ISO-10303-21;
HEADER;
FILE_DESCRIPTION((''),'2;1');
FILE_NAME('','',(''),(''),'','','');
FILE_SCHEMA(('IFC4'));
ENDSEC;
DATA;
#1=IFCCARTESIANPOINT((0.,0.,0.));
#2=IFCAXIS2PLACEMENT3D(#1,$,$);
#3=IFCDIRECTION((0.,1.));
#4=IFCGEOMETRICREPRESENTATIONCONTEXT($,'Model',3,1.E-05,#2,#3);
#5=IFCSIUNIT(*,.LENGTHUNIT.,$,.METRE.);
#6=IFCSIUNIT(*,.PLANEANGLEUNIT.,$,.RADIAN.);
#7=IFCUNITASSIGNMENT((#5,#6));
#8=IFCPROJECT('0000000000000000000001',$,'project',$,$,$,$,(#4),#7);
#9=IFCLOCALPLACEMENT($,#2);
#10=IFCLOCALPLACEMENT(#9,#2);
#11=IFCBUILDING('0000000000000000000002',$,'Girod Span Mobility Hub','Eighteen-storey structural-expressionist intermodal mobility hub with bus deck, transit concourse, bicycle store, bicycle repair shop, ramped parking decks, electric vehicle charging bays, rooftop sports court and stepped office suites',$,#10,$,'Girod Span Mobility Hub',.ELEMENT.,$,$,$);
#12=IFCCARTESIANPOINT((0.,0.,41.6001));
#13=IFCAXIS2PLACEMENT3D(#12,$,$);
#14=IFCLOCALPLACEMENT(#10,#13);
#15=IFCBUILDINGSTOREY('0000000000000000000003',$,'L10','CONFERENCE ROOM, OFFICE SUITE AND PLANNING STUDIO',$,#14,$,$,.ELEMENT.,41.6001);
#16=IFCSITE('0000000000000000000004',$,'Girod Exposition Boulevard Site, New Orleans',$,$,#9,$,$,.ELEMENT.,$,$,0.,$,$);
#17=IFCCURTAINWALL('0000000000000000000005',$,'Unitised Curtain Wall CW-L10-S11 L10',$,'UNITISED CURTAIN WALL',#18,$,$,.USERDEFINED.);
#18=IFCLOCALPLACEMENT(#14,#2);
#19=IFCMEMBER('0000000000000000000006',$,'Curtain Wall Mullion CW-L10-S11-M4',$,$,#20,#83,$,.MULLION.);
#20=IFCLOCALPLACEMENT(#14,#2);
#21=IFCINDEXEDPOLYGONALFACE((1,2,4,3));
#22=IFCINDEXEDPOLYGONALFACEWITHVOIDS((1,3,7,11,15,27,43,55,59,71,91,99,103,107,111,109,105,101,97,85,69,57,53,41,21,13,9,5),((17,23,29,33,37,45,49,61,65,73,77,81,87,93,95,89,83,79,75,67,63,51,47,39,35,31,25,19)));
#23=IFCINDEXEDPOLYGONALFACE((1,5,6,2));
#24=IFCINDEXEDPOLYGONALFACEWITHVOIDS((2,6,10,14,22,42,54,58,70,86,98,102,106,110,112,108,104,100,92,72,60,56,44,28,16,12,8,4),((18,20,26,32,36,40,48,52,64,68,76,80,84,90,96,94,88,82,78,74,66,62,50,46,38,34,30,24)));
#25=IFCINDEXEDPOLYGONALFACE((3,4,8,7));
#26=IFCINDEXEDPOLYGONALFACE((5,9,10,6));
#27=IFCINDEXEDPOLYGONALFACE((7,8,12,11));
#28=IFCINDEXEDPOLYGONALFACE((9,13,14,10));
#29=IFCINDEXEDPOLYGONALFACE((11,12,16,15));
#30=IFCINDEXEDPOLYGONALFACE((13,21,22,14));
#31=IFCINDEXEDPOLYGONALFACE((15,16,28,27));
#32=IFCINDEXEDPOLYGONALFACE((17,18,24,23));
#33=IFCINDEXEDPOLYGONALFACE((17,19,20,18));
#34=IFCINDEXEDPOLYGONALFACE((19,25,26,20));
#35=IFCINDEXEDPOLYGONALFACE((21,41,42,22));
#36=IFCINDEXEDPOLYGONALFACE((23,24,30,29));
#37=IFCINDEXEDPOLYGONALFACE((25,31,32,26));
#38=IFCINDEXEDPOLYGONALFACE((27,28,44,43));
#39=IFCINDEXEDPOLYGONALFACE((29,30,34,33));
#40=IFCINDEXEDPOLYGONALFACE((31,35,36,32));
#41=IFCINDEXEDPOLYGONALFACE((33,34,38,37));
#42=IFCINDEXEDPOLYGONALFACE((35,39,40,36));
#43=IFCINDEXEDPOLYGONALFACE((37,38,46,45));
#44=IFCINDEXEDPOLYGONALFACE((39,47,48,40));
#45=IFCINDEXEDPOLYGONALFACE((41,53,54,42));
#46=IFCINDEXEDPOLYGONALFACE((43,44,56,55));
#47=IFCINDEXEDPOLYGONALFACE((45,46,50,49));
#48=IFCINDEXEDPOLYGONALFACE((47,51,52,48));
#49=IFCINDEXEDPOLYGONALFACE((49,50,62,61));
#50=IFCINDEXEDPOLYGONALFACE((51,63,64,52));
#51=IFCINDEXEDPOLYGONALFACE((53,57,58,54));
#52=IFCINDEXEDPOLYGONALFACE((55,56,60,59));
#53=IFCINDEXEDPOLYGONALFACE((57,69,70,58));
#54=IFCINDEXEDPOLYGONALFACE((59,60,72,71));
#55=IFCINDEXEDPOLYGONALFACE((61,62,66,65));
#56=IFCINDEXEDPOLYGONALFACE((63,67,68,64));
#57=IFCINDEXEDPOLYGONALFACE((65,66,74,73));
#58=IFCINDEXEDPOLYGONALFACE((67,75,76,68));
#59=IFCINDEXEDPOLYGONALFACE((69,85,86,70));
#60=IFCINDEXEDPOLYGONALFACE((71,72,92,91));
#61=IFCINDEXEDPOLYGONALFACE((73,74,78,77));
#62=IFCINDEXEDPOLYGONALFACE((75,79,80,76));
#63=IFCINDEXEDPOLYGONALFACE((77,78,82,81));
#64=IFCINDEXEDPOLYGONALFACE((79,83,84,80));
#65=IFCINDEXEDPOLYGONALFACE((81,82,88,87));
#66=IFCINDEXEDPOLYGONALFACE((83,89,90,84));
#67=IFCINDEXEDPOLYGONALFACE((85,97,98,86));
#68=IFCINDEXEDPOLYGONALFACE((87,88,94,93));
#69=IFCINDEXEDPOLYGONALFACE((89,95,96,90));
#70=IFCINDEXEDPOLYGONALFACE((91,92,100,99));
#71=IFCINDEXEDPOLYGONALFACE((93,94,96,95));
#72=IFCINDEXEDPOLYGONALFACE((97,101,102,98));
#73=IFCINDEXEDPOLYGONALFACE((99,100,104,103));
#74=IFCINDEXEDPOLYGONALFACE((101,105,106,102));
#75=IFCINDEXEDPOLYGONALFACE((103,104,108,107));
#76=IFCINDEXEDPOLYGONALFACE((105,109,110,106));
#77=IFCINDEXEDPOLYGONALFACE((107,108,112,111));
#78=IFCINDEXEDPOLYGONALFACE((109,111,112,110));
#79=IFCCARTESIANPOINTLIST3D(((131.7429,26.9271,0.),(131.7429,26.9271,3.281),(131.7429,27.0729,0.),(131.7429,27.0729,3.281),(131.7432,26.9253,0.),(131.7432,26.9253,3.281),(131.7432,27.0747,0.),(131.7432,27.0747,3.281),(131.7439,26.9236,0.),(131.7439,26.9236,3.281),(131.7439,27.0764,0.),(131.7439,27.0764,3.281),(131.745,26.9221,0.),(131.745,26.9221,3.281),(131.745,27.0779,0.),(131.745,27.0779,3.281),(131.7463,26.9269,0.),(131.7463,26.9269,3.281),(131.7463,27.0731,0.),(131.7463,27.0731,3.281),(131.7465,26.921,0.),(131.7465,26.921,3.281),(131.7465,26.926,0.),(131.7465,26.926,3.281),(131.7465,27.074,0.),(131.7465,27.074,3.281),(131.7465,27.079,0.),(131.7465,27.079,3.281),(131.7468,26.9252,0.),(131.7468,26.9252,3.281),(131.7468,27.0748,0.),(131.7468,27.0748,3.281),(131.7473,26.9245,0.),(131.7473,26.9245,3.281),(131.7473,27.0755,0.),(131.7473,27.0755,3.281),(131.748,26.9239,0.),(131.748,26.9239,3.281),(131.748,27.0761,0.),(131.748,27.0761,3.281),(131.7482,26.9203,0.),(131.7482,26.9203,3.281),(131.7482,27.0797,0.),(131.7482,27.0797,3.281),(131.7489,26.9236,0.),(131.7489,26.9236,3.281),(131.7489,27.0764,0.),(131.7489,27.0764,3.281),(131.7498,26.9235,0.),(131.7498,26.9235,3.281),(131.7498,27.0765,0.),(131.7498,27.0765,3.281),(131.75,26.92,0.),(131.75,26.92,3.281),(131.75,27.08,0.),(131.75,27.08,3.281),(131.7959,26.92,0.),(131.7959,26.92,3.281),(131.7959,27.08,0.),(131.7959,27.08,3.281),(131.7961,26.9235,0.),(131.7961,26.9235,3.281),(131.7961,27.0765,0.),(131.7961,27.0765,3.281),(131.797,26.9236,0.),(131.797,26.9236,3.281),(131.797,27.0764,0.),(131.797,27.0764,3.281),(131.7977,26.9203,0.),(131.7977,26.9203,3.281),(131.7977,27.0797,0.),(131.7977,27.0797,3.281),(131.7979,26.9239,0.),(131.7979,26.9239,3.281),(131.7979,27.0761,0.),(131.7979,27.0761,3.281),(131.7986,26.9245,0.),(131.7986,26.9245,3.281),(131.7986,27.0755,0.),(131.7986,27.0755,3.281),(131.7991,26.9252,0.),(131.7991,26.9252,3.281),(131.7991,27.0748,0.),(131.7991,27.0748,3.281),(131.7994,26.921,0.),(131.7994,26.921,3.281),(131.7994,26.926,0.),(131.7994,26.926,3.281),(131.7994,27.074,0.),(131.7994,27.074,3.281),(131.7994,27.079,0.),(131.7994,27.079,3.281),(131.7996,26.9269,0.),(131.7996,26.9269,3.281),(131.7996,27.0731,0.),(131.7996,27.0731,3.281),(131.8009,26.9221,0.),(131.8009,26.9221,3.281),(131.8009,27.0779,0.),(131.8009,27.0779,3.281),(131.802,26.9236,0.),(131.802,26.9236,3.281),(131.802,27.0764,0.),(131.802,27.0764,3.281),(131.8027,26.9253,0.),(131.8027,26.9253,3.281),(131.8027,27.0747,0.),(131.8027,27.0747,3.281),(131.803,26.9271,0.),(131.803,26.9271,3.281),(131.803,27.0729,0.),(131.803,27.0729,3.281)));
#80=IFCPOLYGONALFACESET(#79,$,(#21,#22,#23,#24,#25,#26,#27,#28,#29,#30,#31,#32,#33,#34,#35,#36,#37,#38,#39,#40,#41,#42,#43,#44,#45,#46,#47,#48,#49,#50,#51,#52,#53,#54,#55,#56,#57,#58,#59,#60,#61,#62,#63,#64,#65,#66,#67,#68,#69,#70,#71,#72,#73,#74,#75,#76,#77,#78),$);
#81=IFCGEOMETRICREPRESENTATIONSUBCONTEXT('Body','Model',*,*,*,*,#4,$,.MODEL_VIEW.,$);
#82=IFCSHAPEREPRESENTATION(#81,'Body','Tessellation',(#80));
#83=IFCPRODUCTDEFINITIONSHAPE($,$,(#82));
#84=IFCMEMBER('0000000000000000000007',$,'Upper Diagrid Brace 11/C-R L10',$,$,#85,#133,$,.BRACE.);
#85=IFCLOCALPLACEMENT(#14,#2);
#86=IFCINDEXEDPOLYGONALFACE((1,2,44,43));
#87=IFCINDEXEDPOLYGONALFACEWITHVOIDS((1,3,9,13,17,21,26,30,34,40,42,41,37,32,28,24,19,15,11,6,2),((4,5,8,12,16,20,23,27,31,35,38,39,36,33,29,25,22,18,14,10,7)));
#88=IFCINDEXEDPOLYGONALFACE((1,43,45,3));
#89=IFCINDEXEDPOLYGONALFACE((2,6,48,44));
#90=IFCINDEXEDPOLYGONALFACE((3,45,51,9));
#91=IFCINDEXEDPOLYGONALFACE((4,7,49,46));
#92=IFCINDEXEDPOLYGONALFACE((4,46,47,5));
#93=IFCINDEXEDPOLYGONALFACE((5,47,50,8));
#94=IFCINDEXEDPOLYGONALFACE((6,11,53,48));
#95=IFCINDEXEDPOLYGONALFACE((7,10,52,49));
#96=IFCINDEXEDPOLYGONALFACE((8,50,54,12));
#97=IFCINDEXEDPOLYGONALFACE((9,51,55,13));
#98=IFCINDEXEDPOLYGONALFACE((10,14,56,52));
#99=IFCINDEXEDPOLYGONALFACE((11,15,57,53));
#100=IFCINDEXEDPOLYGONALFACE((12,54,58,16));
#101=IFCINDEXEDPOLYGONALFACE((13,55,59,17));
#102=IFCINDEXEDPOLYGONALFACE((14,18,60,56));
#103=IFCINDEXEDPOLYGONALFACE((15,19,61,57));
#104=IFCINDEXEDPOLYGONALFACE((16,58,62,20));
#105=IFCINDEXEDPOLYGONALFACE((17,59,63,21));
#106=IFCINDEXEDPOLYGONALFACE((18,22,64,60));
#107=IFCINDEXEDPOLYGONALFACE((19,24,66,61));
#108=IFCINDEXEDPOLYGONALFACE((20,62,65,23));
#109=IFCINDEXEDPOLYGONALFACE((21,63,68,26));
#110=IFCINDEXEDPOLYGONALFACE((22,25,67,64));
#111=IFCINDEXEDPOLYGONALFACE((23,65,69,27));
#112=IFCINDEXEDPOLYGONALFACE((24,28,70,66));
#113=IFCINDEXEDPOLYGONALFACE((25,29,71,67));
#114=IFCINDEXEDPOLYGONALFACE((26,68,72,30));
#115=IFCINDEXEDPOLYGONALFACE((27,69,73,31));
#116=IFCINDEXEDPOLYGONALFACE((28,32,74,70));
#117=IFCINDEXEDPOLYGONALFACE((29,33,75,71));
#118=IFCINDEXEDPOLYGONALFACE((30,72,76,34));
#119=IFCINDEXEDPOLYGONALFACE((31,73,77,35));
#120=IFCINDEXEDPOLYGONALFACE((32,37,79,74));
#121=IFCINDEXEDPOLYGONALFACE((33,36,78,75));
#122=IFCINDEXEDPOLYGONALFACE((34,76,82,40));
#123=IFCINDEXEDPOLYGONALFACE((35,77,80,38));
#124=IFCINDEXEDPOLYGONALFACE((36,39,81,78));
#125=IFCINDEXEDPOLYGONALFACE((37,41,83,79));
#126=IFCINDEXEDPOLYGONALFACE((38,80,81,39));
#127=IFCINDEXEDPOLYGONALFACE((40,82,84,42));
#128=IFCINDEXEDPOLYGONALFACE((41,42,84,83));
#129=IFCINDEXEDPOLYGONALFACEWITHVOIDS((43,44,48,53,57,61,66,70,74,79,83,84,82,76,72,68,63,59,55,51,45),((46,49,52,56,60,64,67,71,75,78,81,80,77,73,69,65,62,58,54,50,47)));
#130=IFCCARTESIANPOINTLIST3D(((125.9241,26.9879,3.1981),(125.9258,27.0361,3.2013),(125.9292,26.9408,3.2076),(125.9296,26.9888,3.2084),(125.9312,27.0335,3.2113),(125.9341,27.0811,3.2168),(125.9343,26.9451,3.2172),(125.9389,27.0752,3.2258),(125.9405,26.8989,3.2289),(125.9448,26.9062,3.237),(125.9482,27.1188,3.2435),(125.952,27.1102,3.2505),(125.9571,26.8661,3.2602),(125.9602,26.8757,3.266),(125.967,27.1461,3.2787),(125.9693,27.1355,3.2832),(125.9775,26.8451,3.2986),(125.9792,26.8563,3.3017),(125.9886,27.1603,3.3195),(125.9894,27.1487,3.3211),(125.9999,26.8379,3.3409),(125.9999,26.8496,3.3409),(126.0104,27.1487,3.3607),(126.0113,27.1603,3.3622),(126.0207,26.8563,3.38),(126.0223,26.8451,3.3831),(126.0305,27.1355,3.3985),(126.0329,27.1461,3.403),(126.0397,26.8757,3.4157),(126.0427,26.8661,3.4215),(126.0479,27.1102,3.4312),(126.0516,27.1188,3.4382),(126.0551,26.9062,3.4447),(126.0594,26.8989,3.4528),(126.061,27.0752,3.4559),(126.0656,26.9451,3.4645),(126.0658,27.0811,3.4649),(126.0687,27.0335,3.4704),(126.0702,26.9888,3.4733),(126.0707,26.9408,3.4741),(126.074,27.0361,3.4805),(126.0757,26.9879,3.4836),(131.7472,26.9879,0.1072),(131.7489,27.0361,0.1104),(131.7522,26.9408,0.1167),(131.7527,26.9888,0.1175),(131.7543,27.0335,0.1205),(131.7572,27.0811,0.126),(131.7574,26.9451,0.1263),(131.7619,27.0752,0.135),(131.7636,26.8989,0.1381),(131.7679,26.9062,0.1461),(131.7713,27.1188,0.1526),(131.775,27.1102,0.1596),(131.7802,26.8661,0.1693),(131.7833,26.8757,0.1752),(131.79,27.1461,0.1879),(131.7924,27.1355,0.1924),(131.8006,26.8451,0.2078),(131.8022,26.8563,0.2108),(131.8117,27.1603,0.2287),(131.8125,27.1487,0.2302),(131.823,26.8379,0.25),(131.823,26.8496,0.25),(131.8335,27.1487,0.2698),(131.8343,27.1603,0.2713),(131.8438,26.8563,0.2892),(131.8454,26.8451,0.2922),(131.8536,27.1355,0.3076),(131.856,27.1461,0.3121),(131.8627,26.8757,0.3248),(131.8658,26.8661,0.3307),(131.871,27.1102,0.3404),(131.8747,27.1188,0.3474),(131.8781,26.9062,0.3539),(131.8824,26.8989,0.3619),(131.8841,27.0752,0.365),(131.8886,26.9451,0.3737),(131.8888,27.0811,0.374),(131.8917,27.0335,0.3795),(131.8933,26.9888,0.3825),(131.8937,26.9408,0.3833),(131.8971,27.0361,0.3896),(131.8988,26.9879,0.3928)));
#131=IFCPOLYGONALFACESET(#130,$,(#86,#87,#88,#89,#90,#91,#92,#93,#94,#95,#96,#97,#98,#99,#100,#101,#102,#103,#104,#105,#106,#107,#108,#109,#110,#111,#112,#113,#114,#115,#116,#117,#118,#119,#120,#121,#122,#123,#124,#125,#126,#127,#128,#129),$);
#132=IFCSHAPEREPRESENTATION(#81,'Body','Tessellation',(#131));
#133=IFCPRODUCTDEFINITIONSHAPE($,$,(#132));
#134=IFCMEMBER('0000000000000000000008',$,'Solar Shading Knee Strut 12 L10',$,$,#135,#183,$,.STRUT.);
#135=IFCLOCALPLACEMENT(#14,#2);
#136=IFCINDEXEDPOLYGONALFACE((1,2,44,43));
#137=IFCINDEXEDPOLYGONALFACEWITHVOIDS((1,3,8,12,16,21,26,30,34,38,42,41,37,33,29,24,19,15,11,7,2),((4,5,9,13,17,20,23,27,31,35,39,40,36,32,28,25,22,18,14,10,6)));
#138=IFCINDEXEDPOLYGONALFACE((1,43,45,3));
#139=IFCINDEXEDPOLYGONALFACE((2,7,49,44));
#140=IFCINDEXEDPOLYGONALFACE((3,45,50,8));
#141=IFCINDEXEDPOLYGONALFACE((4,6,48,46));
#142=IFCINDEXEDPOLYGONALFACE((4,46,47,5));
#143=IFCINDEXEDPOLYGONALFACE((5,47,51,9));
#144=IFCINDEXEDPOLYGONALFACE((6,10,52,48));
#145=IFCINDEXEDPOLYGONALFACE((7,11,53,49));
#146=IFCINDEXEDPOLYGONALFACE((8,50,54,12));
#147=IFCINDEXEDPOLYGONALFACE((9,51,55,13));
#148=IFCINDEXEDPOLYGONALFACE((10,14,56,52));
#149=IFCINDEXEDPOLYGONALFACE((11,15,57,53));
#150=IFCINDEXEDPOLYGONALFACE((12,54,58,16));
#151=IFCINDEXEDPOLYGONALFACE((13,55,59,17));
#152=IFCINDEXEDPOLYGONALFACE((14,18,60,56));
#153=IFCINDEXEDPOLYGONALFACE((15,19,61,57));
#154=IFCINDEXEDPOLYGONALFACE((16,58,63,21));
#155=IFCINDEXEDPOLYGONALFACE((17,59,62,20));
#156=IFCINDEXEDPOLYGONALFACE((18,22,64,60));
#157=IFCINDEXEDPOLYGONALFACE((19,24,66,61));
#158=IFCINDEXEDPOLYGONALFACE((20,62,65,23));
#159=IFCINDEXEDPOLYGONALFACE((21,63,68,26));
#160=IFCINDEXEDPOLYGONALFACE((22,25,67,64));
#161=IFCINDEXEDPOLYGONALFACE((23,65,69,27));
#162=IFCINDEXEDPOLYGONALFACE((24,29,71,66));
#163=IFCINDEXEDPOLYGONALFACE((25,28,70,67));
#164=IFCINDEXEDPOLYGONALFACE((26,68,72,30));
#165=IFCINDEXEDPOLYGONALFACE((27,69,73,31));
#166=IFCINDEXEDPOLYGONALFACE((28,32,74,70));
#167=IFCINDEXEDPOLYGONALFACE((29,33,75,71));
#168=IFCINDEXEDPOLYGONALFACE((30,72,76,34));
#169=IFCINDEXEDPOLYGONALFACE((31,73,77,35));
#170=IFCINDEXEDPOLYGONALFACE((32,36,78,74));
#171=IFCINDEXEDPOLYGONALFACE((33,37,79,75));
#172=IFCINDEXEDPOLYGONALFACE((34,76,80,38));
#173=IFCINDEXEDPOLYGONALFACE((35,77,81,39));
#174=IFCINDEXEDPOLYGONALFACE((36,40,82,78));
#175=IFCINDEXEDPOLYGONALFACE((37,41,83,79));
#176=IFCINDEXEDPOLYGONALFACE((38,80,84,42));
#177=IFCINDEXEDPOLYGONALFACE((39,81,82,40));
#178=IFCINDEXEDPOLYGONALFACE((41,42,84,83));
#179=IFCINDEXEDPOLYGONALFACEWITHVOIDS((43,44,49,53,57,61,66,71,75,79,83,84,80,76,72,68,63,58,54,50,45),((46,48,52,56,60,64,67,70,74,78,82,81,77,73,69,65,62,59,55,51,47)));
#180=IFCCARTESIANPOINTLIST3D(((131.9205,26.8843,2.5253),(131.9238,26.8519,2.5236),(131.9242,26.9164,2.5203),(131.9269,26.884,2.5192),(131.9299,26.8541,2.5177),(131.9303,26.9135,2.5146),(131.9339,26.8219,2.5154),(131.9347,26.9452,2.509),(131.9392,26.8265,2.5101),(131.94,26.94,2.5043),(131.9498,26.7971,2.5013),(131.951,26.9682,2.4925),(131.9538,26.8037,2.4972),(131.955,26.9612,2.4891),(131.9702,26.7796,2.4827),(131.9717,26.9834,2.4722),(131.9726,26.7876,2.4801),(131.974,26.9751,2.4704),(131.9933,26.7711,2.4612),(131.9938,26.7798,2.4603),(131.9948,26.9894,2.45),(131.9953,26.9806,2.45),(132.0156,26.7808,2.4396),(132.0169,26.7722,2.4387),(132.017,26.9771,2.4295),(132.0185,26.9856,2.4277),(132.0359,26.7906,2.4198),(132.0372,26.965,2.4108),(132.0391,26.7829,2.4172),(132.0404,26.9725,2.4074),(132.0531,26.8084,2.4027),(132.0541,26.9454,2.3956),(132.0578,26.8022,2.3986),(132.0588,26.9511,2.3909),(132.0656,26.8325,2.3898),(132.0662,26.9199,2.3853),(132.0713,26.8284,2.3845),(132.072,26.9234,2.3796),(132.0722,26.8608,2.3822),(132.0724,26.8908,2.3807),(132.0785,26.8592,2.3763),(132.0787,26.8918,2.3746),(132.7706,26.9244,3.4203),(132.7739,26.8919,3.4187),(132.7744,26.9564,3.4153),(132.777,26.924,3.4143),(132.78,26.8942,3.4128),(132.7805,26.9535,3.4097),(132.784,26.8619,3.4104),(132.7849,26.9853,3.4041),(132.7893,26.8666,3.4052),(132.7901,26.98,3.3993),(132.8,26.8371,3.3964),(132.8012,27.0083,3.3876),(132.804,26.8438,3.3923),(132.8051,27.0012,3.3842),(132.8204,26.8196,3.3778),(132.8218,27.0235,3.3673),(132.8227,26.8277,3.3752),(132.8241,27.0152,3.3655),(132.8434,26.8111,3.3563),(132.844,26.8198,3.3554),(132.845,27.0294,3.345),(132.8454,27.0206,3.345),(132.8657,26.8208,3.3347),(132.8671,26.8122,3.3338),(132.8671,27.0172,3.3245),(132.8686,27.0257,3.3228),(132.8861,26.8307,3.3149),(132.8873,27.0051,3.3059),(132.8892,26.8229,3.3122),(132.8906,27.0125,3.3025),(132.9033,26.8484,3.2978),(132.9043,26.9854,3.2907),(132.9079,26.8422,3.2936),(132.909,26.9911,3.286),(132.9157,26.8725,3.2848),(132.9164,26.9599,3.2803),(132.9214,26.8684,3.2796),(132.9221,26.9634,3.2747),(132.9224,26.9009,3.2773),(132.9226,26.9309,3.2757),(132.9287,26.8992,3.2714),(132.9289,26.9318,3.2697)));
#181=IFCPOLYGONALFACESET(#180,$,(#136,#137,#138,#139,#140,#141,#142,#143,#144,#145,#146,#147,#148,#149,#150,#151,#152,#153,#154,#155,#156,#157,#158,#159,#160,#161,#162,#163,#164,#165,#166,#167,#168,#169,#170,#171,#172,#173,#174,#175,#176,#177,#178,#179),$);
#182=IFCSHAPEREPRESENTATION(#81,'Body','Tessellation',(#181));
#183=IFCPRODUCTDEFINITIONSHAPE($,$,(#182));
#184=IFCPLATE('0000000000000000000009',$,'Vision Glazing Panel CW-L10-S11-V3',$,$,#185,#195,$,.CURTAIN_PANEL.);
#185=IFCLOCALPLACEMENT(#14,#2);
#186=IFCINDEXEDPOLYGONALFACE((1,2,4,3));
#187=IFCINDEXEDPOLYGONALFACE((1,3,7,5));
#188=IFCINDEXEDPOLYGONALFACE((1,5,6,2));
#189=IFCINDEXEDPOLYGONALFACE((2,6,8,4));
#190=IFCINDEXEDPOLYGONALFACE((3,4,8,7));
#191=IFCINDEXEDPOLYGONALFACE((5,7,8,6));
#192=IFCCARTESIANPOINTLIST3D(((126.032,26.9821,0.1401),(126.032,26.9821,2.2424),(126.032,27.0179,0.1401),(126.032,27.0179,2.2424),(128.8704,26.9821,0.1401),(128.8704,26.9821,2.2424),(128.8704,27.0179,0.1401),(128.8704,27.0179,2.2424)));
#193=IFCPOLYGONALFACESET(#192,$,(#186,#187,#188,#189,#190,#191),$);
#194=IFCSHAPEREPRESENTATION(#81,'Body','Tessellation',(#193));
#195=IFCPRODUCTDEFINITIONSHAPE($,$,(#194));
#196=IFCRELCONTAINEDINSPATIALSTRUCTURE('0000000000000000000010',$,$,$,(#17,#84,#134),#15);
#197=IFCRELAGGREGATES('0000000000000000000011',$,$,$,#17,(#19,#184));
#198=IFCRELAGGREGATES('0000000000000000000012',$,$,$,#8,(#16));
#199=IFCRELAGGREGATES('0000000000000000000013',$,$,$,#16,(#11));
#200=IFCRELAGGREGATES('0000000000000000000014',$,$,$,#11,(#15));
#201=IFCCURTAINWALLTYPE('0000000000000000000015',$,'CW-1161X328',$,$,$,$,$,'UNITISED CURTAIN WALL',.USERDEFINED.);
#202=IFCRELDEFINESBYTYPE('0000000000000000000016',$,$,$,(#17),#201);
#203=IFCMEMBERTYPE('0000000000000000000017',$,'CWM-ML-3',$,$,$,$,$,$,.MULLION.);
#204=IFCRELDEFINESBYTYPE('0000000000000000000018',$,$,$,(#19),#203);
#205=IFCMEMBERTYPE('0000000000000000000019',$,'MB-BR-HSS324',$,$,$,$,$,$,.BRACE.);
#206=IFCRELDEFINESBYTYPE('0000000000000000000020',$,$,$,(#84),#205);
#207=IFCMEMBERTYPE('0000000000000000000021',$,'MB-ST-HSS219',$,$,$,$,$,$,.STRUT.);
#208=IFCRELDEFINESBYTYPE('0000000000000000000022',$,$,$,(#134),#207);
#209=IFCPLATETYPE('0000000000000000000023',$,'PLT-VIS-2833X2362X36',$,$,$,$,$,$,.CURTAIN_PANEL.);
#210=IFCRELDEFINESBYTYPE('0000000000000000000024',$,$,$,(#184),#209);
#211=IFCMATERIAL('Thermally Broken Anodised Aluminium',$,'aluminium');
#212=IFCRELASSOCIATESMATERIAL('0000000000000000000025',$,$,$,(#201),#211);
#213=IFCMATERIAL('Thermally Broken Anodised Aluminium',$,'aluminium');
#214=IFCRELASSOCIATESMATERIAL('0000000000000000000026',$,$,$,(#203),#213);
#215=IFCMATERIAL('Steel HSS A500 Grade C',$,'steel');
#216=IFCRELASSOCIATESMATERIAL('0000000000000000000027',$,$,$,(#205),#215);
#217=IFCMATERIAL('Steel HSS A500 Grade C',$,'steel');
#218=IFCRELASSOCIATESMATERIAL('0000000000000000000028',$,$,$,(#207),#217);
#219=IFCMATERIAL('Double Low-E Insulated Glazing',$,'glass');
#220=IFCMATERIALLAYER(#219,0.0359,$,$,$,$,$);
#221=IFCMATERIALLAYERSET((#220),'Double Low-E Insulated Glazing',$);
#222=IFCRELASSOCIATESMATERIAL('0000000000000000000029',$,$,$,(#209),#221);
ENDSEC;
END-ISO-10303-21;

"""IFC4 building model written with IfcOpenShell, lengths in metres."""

from ifc_helpers import new_model, si_unit, direction, frame, origin, origin_2d, place, context, subcontext, project, spatial, rectangle, hollow_rectangle, hollow_circle, extrude, material, layer, layer_set, material_profile, profile_set, type_object, element, aggregate, save


model = new_model("IFC4")

# Units and contexts
model_context = context("Model", 3, precision=1e-05, world=origin(), true_north=direction((0.0, 1.0)))
body_context = subcontext(model_context, "Body", "Model", "MODEL_VIEW")
ifc_project = project(units=[si_unit("LENGTHUNIT", "METRE"), si_unit("PLANEANGLEUNIT", "RADIAN")], contexts=[model_context])

# Site, building, storey
site_placement = place(None, origin())
site = spatial("IfcSite", under=ifc_project, at=site_placement, Name="Girod Exposition Boulevard Site, New Orleans", CompositionType="ELEMENT", RefElevation=0.0)
building_placement = place(site_placement, origin())
building = spatial("IfcBuilding", under=site, at=building_placement, Name="Girod Span Mobility Hub", Description="Eighteen-storey structural-expressionist intermodal mobility hub with bus deck, transit concourse, bicycle store, bicycle repair shop, ramped parking decks, electric vehicle charging bays, rooftop sports court and stepped office suites", LongName="Girod Span Mobility Hub", CompositionType="ELEMENT")
storey_placement = place(building_placement, frame((0.0, 0.0, 41.6001)))
storey = spatial("IfcBuildingStorey", under=building, at=storey_placement, Name="L10", Description="CONFERENCE ROOM, OFFICE SUITE AND PLANNING STUDIO", CompositionType="ELEMENT", Elevation=41.6001)

# Curtain wall, member
ifc_material_1 = material(Name="Thermally Broken Anodised Aluminium", Category="aluminium")
curtain_wall_type = type_object("IfcCurtainWallType", Name="CW-1161X328", ElementType="UNITISED CURTAIN WALL", PredefinedType="USERDEFINED", material=ifc_material_1)
curtain_wall_placement = place(storey_placement, origin())
curtain_wall = element("IfcCurtainWall", 1, at=curtain_wall_placement, inside=storey, type_object=curtain_wall_type, Name="Unitised Curtain Wall CW-L10-S11 L10", ObjectType="UNITISED CURTAIN WALL", PredefinedType="USERDEFINED")
ifc_material_2 = material(Name="Thermally Broken Anodised Aluminium", Category="aluminium")
ifc_material_profile_1 = material_profile(ifc_material_2, hollow_rectangle(XDim=0.1599, YDim=0.0601, WallThickness=0.0034, InnerFilletRadius=0.0034, OuterFilletRadius=0.0071, at=origin_2d()), Name="CW-ML-60X160")
ifc_profile_set_1 = profile_set([ifc_material_profile_1], Name="Thermally Broken Anodised Aluminium")
member_type_1 = type_object("IfcMemberType", Name="CWM-ML-3", PredefinedType="MULLION", material=ifc_profile_set_1)
member_1_placement = place(storey_placement, frame((131.7729, 27.0, 0.0), z_axis=(0.0, 0.0, 1.0), x_axis=(0.0, 1.0, 0.0)))
member_1 = element("IfcMember", 2, at=member_1_placement, type_object=member_type_1, Name="Curtain Wall Mullion CW-L10-S11-M4", PredefinedType="MULLION", context=body_context, shape_type="SweptSolid", body=[
    extrude(hollow_rectangle(XDim=0.1599, YDim=0.0601, WallThickness=0.0034, InnerFilletRadius=0.0034, OuterFilletRadius=0.0071, at=origin_2d()), origin(), (0.0, 0.0, 1.0), 3.281),
])

# Members
ifc_material_3 = material(Name="Steel HSS A500 Grade C", Category="steel")
ifc_material_profile_2 = material_profile(ifc_material_3, hollow_circle(Radius=0.1621, WallThickness=0.0117, at=origin_2d()), Name="HSS324X12.7")
ifc_profile_set_2 = profile_set([ifc_material_profile_2], Name="Steel HSS A500 Grade C")
member_type_2 = type_object("IfcMemberType", Name="MB-BR-HSS324", PredefinedType="BRACE", material=ifc_profile_set_2)
member_2_placement = place(storey_placement, frame((131.823, 27.0, 0.25), z_axis=(-0.883282, 0.0, 0.468842), x_axis=(0.0, -1.0, 0.0)))
element("IfcMember", 3, at=member_2_placement, inside=storey, type_object=member_type_2, Name="Upper Diagrid Brace 11/C-R L10", PredefinedType="BRACE", context=body_context, shape_type="SweptSolid", body=[
    extrude(hollow_circle(Radius=0.1621, WallThickness=0.0117, at=origin_2d()), origin(), (0.0, 0.0, 1.0), 6.5925),
])
ifc_material_4 = material(Name="Steel HSS A500 Grade C", Category="steel")
ifc_material_profile_3 = material_profile(ifc_material_4, hollow_circle(Radius=0.1096, WallThickness=0.0088, at=origin_2d()), Name="HSS219X9.5")
ifc_profile_set_3 = profile_set([ifc_material_profile_3], Name="Steel HSS A500 Grade C")
member_type_3 = type_object("IfcMemberType", Name="MB-ST-HSS219", PredefinedType="STRUT", material=ifc_profile_set_3)
member_3_placement = place(storey_placement, frame((132.0, 26.8799, 2.45), z_axis=(0.688315, 0.032419, 0.724687), x_axis=(-0.047047, 0.998893, 0.0)))
element("IfcMember", 4, at=member_3_placement, inside=storey, type_object=member_type_3, Name="Solar Shading Knee Strut 12 L10", PredefinedType="STRUT", context=body_context, shape_type="SweptSolid", body=[
    extrude(hollow_circle(Radius=0.1096, WallThickness=0.0088, at=origin_2d()), origin(), (0.0, 0.0, 1.0), 1.2351),
])

# Plate
ifc_material_5 = material(Name="Double Low-E Insulated Glazing", Category="glass")
ifc_layer_1 = layer(ifc_material_5, 0.0359)
ifc_layer_set_1 = layer_set([ifc_layer_1], Name="Double Low-E Insulated Glazing")
plate_type = type_object("IfcPlateType", Name="PLT-VIS-2833X2362X36", PredefinedType="CURTAIN_PANEL", material=ifc_layer_set_1)
plate_1_placement = place(storey_placement, frame((127.4512, 27.0, 0.1401), z_axis=(0.0, 0.0, 1.0), x_axis=(1.0, 0.0, 0.0)))
plate_1 = element("IfcPlate", 5, at=plate_1_placement, type_object=plate_type, Name="Vision Glazing Panel CW-L10-S11-V3", PredefinedType="CURTAIN_PANEL", context=body_context, shape_type="SweptSolid", body=[
    extrude(rectangle(XDim=2.8384, YDim=0.0359, at=origin_2d()), origin(), (0.0, 0.0, 1.0), 2.1023),
])
aggregate(curtain_wall, [member_1, plate_1])

save(model, "model.ifc")
